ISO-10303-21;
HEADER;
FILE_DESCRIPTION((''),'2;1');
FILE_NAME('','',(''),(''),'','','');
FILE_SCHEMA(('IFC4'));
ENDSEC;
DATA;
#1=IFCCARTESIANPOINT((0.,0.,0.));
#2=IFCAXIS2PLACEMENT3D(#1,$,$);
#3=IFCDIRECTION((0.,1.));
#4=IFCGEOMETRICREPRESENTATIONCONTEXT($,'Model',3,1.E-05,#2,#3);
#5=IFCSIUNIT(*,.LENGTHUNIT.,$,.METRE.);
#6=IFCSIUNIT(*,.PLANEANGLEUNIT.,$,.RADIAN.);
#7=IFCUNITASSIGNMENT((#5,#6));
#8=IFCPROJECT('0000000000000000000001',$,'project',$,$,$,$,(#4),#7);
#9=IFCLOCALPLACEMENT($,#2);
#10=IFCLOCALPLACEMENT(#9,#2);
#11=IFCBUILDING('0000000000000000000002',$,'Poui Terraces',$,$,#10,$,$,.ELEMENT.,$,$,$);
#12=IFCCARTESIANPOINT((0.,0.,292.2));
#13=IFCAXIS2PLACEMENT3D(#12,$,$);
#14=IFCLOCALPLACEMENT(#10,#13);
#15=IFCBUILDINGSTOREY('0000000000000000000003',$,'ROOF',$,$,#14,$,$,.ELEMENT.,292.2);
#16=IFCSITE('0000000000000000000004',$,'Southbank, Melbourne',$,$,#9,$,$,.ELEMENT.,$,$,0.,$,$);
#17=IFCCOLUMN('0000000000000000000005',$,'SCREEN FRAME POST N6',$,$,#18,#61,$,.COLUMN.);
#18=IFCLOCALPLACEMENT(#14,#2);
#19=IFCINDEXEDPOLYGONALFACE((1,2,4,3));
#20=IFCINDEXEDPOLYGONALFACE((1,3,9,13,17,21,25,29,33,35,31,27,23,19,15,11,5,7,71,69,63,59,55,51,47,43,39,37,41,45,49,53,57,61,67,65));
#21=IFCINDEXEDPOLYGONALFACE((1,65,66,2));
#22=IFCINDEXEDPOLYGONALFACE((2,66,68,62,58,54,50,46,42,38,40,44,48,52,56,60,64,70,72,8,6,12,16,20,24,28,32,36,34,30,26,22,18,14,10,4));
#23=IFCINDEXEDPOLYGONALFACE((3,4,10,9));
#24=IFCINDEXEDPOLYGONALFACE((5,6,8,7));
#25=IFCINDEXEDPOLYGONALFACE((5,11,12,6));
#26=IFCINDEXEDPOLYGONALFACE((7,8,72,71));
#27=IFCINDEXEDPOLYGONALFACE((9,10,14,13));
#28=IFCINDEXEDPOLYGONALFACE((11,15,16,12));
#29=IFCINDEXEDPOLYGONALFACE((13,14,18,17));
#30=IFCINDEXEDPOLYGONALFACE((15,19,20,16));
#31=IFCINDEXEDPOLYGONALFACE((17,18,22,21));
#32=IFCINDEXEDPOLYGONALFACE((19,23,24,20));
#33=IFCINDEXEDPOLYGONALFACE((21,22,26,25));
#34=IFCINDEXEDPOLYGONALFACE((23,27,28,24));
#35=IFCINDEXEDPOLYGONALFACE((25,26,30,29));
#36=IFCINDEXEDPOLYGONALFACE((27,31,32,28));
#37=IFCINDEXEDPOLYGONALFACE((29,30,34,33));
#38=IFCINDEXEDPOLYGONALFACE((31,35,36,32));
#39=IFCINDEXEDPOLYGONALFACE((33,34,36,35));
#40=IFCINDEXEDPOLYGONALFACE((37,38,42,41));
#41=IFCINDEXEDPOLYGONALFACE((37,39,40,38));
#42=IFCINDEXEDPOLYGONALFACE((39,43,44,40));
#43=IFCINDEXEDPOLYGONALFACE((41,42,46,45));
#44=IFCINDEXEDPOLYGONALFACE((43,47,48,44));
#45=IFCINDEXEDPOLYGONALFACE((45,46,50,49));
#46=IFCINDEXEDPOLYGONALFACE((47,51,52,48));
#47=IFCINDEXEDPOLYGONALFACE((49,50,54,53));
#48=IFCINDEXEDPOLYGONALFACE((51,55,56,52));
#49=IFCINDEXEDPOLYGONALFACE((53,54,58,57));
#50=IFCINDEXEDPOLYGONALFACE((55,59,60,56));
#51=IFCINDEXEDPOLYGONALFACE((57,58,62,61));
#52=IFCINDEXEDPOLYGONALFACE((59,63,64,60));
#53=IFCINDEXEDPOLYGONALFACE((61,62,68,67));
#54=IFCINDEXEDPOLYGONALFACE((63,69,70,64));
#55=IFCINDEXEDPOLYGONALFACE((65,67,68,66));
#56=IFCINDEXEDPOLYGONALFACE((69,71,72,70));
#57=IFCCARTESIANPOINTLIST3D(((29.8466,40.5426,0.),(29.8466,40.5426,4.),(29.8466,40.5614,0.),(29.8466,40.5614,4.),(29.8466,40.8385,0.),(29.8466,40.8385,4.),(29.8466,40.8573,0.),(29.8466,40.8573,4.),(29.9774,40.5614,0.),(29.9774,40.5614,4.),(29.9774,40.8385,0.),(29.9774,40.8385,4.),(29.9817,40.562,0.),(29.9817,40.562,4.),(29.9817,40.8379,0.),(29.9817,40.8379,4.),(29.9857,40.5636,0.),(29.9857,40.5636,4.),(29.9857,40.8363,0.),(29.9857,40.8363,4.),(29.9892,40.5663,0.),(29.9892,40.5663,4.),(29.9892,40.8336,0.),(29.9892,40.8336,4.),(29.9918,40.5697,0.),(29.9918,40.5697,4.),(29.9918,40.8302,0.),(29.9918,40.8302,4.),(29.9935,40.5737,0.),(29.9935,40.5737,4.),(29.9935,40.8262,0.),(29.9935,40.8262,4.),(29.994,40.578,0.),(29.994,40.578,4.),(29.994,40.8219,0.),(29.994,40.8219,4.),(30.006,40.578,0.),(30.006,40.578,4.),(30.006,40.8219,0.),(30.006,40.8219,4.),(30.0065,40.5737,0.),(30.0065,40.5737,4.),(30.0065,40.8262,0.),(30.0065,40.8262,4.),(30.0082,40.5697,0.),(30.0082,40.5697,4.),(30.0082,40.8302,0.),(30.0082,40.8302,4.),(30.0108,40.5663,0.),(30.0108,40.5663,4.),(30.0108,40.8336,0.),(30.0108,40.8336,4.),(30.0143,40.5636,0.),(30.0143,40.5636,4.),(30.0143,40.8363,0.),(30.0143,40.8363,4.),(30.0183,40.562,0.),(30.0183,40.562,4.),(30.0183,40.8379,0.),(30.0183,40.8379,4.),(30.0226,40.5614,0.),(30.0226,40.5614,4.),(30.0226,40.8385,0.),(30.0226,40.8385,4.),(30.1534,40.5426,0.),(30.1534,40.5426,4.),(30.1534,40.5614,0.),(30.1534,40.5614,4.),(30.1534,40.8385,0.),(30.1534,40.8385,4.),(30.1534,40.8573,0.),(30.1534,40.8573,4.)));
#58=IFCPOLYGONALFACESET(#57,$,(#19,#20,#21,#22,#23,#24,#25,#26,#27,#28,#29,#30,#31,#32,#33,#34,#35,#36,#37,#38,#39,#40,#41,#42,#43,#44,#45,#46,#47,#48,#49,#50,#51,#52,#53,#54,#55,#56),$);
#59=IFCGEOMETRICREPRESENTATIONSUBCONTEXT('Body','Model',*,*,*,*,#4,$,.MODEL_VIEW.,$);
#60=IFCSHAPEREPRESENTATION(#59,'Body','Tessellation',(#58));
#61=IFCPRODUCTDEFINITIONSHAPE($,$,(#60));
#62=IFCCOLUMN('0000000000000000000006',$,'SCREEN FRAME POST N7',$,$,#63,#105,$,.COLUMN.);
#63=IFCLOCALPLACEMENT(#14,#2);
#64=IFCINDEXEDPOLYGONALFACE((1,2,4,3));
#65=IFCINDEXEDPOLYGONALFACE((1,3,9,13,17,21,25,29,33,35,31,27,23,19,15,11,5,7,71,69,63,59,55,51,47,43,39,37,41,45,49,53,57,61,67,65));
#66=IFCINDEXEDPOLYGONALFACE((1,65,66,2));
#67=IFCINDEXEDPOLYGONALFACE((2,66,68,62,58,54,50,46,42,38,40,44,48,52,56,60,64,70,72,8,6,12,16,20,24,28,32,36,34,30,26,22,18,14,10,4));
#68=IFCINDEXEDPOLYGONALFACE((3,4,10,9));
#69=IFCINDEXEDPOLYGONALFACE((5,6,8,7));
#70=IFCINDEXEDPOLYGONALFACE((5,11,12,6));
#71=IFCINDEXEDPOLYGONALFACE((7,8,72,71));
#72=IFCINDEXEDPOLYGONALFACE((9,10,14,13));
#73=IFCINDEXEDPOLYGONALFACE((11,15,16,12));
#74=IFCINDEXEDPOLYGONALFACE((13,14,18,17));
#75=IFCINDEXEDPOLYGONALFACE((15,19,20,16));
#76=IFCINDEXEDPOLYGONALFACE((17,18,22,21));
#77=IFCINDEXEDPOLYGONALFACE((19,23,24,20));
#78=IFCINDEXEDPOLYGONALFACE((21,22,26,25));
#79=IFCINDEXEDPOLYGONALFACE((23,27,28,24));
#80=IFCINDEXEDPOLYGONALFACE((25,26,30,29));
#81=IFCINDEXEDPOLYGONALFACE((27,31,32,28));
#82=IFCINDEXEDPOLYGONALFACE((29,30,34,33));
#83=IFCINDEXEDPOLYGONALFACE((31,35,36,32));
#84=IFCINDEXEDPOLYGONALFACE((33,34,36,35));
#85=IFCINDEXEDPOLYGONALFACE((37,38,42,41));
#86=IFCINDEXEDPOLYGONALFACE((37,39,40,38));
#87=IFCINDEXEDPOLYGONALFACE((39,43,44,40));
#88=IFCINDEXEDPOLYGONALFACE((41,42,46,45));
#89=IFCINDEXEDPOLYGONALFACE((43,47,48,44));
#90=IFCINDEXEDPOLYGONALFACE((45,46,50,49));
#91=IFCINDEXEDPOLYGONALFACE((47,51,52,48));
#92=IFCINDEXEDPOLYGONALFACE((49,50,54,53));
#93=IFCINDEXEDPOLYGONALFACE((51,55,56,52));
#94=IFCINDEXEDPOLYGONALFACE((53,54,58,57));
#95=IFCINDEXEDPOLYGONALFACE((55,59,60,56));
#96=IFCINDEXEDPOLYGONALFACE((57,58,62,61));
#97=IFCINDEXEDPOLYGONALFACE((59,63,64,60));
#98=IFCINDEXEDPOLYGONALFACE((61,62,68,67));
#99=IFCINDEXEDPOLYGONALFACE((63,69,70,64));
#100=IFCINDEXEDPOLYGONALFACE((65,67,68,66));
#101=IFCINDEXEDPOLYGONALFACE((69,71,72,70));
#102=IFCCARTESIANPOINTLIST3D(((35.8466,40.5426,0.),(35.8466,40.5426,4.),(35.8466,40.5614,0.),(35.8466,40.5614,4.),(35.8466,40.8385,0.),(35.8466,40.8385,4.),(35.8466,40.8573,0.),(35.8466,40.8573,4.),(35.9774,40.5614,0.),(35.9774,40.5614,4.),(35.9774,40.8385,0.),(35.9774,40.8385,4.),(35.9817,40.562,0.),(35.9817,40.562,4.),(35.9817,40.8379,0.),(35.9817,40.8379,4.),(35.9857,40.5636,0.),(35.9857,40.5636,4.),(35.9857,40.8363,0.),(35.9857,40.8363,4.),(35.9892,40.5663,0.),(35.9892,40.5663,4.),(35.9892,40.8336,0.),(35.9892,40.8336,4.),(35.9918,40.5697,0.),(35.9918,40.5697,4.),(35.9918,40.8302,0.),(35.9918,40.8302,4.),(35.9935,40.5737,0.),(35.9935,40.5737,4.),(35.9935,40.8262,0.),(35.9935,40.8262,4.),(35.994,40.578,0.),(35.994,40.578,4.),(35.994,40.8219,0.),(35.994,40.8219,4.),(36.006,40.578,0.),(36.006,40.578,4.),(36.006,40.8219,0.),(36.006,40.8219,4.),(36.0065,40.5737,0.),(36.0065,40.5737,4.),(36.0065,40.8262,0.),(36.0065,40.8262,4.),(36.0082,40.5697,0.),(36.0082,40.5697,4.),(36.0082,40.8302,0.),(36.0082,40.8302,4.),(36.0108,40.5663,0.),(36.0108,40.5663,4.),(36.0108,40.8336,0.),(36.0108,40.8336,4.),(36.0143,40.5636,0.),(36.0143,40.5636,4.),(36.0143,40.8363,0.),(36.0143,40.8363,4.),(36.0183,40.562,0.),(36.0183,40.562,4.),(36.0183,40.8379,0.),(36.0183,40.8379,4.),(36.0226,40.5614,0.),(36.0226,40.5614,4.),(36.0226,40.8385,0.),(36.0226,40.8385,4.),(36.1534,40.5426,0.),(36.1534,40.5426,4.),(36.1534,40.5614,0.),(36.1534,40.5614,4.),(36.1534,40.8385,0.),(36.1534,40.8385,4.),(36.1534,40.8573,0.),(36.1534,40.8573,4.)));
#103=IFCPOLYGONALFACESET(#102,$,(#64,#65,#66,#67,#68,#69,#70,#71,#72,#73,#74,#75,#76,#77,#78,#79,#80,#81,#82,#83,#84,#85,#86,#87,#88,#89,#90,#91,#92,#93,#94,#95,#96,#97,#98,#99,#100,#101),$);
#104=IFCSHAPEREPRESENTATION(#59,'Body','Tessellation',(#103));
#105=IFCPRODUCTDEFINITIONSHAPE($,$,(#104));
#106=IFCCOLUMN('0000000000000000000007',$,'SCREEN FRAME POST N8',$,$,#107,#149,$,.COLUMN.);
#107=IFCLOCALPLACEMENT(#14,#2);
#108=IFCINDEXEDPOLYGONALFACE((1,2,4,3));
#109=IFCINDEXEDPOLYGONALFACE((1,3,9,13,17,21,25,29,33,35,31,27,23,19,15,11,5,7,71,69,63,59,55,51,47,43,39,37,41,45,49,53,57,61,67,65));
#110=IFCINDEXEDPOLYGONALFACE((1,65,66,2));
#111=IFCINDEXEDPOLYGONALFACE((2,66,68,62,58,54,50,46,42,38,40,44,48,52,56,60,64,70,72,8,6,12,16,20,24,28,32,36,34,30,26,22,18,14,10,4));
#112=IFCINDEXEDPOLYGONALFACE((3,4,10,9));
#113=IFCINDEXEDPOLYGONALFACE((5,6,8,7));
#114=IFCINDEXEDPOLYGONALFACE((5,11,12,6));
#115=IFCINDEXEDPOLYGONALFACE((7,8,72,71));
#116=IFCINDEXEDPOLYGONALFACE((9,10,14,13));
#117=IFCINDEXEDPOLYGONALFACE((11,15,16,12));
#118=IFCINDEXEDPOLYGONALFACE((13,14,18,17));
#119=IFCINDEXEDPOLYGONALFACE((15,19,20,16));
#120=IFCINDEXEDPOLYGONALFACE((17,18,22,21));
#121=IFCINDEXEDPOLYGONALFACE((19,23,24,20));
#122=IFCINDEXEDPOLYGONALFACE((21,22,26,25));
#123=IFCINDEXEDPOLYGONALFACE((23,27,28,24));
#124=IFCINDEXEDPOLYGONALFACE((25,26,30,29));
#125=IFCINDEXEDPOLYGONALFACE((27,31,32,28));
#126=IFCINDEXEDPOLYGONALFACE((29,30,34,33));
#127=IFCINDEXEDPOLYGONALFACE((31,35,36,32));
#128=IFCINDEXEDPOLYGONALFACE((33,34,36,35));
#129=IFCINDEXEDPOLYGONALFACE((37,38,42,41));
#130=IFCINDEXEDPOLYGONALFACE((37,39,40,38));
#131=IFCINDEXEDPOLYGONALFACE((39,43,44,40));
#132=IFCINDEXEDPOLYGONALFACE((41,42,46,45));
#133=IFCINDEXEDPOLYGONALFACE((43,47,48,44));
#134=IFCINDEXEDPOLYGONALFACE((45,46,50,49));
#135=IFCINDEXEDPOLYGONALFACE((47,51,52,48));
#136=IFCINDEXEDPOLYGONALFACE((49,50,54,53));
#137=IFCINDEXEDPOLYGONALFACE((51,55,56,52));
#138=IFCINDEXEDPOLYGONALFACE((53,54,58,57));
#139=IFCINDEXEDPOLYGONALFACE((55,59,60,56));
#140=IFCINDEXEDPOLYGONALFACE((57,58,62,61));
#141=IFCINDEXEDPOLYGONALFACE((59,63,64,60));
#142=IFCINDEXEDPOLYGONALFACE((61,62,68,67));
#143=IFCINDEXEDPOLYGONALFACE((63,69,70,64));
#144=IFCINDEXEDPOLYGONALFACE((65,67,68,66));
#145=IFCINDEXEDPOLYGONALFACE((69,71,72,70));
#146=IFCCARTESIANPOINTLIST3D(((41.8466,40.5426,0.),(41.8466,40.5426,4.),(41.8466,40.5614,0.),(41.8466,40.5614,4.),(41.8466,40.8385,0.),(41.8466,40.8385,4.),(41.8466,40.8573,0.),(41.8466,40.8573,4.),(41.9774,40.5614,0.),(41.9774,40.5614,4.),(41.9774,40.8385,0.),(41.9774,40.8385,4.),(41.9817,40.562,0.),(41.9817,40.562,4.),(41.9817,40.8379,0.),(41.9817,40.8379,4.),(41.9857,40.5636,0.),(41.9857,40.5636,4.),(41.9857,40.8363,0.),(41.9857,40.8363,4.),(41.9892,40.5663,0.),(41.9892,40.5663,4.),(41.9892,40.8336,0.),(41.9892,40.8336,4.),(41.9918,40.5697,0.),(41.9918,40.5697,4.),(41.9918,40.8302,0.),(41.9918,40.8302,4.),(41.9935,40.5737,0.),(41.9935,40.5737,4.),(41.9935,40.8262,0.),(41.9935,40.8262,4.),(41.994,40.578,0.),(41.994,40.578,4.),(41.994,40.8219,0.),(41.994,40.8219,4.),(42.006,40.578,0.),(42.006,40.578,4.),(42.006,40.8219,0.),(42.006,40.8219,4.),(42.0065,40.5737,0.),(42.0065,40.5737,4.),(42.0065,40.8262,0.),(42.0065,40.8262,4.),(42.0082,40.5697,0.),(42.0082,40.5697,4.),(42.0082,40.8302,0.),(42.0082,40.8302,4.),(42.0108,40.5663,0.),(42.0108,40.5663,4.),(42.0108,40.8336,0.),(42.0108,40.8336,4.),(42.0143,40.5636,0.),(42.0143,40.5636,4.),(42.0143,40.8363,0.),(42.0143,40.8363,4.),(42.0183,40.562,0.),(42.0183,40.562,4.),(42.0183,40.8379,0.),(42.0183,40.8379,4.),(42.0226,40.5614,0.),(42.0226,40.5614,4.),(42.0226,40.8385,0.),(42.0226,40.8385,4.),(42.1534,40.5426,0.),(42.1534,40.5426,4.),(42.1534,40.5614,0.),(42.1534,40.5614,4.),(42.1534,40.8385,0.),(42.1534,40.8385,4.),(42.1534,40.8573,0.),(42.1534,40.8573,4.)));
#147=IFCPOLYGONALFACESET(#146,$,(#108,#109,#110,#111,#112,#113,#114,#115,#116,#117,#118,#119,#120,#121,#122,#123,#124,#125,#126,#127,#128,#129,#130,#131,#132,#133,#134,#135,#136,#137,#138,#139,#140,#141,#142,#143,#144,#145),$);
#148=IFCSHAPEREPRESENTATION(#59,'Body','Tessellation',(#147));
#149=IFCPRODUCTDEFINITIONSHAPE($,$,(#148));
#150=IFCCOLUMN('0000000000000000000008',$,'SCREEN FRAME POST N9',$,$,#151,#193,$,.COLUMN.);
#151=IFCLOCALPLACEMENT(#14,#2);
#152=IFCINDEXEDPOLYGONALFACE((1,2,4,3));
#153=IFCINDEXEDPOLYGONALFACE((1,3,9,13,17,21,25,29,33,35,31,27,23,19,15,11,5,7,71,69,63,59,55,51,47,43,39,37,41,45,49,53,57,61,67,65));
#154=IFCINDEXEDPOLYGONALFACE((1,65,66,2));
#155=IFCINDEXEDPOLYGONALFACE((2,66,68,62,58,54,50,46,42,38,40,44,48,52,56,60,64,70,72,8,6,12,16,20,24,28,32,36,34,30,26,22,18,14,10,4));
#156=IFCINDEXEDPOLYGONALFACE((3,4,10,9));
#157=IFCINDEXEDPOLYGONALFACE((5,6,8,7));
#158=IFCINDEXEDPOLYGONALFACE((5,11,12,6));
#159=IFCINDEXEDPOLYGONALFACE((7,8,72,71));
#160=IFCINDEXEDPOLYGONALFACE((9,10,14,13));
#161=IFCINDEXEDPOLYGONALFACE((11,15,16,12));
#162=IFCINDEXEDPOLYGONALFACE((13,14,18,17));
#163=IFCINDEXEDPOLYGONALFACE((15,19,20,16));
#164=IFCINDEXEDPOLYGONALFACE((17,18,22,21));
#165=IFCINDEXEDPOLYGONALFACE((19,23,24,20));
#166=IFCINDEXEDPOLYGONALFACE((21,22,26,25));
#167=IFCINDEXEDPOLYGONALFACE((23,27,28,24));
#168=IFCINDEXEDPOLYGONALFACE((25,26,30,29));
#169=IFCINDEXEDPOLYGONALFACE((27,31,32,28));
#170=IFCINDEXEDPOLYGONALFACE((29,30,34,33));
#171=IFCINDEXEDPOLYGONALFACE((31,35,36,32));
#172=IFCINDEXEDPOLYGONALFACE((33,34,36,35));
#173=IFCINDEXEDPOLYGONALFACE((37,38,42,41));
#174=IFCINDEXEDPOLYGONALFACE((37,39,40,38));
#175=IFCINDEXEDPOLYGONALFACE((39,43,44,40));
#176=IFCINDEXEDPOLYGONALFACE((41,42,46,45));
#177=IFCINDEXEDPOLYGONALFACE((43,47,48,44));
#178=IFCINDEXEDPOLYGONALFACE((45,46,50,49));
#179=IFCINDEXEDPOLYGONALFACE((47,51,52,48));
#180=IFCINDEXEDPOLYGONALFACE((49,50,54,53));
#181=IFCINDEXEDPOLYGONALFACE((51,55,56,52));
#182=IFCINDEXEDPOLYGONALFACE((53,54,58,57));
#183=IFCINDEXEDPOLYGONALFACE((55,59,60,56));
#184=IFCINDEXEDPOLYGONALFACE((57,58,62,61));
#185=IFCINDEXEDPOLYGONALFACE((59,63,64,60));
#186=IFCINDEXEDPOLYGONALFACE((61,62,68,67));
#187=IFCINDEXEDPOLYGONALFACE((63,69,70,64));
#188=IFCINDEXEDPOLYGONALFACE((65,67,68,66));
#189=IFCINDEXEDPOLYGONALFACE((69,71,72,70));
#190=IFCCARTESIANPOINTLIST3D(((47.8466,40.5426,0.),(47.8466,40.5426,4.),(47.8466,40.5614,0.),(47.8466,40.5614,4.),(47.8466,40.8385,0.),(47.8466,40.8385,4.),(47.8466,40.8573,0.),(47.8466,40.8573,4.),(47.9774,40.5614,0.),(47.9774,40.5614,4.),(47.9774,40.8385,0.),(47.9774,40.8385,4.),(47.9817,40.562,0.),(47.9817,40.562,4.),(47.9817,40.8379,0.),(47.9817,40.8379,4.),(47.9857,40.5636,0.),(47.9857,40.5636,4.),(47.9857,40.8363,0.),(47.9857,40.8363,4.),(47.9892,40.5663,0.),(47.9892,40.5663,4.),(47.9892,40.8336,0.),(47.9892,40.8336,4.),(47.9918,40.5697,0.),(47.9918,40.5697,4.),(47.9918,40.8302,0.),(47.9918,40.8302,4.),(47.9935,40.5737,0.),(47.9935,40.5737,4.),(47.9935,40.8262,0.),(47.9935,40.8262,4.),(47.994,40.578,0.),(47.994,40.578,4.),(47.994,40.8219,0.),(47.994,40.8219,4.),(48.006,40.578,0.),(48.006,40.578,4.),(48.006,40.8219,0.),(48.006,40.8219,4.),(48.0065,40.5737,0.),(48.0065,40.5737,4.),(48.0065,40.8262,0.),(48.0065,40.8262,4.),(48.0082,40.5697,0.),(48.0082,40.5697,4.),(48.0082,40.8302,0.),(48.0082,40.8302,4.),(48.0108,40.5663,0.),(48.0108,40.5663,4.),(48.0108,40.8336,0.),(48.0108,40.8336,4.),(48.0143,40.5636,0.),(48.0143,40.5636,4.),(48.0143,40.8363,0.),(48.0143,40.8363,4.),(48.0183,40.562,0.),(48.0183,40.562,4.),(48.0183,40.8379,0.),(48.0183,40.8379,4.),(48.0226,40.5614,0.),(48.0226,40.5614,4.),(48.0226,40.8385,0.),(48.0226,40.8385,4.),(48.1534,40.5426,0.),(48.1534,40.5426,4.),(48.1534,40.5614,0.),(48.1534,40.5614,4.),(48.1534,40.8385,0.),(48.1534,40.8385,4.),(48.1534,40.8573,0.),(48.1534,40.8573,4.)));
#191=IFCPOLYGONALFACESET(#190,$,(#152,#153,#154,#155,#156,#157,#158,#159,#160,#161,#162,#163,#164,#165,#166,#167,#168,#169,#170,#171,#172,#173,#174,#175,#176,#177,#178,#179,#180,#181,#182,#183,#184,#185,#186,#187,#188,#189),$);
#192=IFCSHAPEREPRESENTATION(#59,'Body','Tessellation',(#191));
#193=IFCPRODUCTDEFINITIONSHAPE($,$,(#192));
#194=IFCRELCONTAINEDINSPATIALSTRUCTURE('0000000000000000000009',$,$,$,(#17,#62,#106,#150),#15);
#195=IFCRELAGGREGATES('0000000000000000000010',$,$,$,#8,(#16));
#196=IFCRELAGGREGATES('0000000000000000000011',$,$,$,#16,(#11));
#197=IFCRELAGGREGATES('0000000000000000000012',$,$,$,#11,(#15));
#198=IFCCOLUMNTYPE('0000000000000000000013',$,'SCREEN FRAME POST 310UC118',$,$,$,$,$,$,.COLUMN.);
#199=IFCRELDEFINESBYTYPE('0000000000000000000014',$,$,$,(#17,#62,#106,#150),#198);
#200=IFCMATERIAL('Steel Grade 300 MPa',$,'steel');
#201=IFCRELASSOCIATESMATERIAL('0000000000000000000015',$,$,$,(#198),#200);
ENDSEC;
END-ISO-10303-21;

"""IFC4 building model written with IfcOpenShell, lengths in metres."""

from ifc_helpers import new_model, si_unit, direction, frame, origin, origin_2d, place, context, subcontext, project, spatial, i_section, extrude, source, transform, mapped, material, material_profile, profile_set, type_object, element, save


model = new_model("IFC4")

# Units and contexts
model_context = context("Model", 3, precision=1e-05, world=origin(), true_north=direction((0.0, 1.0)))
body_context = subcontext(model_context, "Body", "Model", "MODEL_VIEW")
ifc_project = project(units=[si_unit("LENGTHUNIT", "METRE"), si_unit("PLANEANGLEUNIT", "RADIAN")], contexts=[model_context])

# Site, building, storey
site_placement = place(None, origin())
site = spatial("IfcSite", under=ifc_project, at=site_placement, Name="Southbank, Melbourne", CompositionType="ELEMENT", RefElevation=0.0)
building_placement = place(site_placement, origin())
building = spatial("IfcBuilding", under=site, at=building_placement, Name="Poui Terraces", CompositionType="ELEMENT")
storey_placement = place(building_placement, frame((0.0, 0.0, 292.2)))
storey = spatial("IfcBuildingStorey", under=building, at=storey_placement, Name="ROOF", CompositionType="ELEMENT", Elevation=292.2)

# Columns
ifc_material_1 = material(Name="Steel Grade 300 MPa", Category="steel")
ifc_material_profile_1 = material_profile(ifc_material_1, i_section(OverallWidth=0.3069, OverallDepth=0.3147, WebThickness=0.012, FlangeThickness=0.0188, FilletRadius=0.0166, at=origin_2d()), Name="310UC118")
ifc_profile_set_1 = profile_set([ifc_material_profile_1], Name="Steel Grade 300 MPa")
column_type_1 = type_object("IfcColumnType", Name="SCREEN FRAME POST 310UC118", PredefinedType="COLUMN", material=ifc_profile_set_1)
shared_shape_1 = source(origin(), body_context, "Body", "SweptSolid", [
    extrude(i_section(OverallWidth=0.3069, OverallDepth=0.3147, WebThickness=0.012, FlangeThickness=0.0188, FilletRadius=0.0166, at=origin_2d()), origin(), (0.0, 0.0, 1.0), 4.0),
])
for number, where, z_axis, x_axis, name in (
    (1, (30.0, 40.7, 0.0), (0.0, 0.0, 1.0), (1.0, 0.0, 0.0), "SCREEN FRAME POST N6"),
    (2, (36.0, 40.7, 0.0), (0.0, 0.0, 1.0), (1.0, 0.0, 0.0), "SCREEN FRAME POST N7"),
    (3, (42.0, 40.7, 0.0), (0.0, 0.0, 1.0), (1.0, 0.0, 0.0), "SCREEN FRAME POST N8"),
    (4, (48.0, 40.7, 0.0), (0.0, 0.0, 1.0), (1.0, 0.0, 0.0), "SCREEN FRAME POST N9"),
):
    element("IfcColumn", number, at=place(storey_placement, frame(where, z_axis=z_axis, x_axis=x_axis)), inside=storey, type_object=column_type_1, Name=name, PredefinedType="COLUMN", context=body_context, shape_type="MappedRepresentation", body=[
        mapped(shared_shape_1, transform((0.0, 0.0, 0.0))),
    ])

save(model, "model.ifc")
